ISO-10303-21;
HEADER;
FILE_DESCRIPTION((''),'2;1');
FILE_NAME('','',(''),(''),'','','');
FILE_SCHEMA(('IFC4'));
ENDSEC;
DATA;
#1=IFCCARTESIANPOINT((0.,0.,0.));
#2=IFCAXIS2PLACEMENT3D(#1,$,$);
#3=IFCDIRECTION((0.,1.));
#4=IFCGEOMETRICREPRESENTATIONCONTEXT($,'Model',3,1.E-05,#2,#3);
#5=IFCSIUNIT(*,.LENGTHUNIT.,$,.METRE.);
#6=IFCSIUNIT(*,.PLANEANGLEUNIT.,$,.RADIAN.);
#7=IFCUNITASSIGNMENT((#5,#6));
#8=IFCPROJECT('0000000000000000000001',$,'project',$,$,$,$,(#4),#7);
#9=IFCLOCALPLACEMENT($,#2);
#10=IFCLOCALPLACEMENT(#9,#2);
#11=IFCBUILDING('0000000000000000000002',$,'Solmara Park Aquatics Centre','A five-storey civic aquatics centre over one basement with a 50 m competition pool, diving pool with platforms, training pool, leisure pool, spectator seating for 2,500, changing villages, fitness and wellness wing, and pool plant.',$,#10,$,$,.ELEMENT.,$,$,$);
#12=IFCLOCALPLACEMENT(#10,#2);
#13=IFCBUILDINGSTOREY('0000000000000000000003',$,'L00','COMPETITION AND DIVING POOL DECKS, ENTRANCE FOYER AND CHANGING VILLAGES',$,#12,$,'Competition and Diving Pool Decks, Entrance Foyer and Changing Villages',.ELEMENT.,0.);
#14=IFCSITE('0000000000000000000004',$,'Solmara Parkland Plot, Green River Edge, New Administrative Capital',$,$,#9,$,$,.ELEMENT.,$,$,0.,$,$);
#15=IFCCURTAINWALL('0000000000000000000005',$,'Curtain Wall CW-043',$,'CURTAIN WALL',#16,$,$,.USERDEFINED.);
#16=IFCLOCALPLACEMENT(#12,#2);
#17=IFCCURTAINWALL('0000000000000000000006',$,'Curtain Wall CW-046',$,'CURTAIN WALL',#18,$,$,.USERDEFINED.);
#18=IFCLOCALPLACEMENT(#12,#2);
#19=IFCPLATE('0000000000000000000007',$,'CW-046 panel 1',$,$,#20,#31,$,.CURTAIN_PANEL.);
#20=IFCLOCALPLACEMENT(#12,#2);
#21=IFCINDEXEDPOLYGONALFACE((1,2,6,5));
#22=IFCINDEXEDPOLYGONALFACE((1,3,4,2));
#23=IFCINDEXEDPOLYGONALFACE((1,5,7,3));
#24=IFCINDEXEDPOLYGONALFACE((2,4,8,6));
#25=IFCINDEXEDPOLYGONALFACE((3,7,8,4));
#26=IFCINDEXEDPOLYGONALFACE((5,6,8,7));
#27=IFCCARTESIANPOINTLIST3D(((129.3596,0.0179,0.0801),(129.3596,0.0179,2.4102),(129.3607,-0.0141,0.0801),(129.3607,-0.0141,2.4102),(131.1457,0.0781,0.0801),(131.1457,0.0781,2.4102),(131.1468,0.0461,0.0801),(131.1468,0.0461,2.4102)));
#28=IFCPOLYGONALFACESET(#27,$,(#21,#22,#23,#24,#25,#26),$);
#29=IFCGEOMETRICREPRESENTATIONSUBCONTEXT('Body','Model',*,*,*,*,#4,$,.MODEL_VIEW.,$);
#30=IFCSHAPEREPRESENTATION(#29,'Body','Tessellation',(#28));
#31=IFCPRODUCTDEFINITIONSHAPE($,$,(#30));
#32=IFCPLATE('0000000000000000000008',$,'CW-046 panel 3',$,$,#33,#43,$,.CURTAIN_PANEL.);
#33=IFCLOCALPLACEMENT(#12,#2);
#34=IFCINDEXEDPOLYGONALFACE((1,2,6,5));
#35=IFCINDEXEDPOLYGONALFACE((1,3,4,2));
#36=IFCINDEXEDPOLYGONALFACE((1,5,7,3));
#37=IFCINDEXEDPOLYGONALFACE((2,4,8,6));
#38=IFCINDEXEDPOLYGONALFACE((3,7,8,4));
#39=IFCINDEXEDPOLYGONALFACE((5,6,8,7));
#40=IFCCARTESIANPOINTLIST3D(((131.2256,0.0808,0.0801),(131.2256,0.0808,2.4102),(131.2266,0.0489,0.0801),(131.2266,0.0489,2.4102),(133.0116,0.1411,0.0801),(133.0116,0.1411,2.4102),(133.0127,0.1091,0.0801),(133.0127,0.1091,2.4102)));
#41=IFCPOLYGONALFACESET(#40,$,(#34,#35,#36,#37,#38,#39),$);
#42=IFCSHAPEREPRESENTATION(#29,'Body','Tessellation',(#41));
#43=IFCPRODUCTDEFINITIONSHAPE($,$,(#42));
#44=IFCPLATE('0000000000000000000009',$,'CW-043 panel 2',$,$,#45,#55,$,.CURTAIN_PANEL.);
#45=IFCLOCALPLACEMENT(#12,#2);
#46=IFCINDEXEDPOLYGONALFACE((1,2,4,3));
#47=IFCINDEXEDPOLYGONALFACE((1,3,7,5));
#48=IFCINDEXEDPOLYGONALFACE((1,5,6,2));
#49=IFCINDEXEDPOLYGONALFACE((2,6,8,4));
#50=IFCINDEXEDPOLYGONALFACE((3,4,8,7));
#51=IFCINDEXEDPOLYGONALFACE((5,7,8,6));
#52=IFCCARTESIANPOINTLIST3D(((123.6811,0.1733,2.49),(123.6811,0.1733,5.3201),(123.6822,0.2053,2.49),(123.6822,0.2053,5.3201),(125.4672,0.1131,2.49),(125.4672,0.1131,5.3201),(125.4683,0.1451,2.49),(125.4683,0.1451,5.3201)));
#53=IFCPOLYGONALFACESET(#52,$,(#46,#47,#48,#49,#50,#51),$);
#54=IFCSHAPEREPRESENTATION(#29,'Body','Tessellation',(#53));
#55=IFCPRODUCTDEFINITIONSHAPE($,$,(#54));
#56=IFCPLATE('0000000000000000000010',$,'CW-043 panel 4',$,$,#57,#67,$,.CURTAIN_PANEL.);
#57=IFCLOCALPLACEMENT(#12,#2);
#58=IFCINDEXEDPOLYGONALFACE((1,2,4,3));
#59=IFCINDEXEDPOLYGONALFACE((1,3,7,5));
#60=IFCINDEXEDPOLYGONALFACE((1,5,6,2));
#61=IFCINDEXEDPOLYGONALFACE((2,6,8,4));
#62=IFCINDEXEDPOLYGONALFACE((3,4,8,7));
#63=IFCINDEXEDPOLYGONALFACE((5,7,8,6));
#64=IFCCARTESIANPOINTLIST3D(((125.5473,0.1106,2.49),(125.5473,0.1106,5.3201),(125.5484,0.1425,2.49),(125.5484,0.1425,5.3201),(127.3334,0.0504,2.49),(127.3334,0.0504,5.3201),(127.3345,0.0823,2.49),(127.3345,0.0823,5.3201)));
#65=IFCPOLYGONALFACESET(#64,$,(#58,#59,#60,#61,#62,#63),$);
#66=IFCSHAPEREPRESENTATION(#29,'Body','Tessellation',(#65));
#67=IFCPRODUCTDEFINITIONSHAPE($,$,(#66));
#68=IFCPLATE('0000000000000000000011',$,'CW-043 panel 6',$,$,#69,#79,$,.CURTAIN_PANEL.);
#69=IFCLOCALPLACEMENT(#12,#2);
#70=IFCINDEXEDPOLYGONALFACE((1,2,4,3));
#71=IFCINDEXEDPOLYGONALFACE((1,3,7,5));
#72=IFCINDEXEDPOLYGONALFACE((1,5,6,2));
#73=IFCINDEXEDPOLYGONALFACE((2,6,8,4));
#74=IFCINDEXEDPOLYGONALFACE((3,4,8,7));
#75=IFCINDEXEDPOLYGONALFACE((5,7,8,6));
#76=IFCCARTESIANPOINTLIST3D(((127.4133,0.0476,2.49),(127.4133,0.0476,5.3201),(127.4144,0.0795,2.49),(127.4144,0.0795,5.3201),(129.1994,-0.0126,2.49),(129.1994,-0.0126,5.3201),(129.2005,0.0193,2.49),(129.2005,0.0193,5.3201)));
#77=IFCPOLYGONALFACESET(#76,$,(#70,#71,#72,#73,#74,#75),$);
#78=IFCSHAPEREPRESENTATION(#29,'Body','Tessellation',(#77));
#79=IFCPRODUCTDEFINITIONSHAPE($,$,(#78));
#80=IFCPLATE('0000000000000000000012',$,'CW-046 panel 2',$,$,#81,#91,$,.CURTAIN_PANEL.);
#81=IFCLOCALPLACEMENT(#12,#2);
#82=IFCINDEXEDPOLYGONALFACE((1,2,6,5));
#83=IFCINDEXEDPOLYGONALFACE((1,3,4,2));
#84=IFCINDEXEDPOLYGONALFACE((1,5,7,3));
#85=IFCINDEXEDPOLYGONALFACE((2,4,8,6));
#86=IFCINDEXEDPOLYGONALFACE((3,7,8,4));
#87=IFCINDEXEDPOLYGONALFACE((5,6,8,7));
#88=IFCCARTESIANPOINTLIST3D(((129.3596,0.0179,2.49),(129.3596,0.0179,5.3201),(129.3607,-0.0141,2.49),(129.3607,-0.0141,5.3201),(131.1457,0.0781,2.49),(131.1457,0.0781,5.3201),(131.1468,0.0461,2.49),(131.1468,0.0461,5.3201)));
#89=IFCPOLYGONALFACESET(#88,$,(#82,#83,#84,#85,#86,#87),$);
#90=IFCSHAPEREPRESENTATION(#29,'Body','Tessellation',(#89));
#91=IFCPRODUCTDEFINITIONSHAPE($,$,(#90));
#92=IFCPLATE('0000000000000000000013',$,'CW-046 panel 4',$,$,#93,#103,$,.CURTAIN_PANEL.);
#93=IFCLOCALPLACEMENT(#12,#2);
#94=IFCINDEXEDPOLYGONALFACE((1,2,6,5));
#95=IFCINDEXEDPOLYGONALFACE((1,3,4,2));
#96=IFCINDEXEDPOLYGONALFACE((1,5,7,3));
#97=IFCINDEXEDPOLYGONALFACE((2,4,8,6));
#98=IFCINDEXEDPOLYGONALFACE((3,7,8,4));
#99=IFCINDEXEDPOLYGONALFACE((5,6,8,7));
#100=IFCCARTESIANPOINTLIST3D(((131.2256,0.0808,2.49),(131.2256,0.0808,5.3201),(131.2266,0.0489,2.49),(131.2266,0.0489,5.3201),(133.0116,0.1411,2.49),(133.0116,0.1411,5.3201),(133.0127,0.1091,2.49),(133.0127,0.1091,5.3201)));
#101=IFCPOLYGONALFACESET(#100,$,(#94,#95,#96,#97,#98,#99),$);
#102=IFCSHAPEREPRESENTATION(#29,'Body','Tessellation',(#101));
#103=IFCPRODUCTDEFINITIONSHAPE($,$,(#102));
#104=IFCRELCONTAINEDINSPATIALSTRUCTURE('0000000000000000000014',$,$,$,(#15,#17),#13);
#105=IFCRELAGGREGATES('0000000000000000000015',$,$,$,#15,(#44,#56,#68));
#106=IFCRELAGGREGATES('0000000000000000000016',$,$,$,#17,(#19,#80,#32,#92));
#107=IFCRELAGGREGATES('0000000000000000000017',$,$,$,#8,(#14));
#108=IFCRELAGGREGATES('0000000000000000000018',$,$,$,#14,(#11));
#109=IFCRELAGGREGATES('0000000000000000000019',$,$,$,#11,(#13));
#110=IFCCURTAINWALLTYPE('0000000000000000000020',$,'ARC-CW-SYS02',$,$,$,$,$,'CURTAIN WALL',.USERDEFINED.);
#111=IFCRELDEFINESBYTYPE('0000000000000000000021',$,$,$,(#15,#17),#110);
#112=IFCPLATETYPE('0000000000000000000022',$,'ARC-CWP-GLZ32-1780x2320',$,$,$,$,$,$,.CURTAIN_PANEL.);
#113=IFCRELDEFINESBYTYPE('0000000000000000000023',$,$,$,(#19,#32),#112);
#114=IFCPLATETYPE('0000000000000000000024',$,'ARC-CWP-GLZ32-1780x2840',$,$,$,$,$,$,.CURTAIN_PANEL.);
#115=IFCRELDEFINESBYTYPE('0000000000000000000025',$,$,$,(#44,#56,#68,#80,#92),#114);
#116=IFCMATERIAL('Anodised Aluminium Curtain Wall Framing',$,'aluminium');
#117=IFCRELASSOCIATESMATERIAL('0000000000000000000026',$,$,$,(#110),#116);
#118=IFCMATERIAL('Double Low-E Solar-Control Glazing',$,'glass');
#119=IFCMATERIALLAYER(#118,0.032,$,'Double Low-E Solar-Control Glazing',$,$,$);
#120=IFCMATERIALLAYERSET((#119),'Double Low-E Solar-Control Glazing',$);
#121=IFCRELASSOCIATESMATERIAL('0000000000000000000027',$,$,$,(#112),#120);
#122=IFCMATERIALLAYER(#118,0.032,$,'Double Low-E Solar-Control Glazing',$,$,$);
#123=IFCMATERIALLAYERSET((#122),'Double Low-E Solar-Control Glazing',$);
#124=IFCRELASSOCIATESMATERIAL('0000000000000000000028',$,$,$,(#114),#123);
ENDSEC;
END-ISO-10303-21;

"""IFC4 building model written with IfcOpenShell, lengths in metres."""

from ifc_helpers import new_model, si_unit, direction, frame, origin, origin_2d, place, context, subcontext, project, spatial, rectangle, extrude, material, layer, layer_set, type_object, element, aggregate, save


model = new_model("IFC4")

# Units and contexts
model_context = context("Model", 3, precision=1e-05, world=origin(), true_north=direction((0.0, 1.0)))
body_context = subcontext(model_context, "Body", "Model", "MODEL_VIEW")
ifc_project = project(units=[si_unit("LENGTHUNIT", "METRE"), si_unit("PLANEANGLEUNIT", "RADIAN")], contexts=[model_context])

# Site, building, storey
site_placement = place(None, origin())
site = spatial("IfcSite", under=ifc_project, at=site_placement, Name="Solmara Parkland Plot, Green River Edge, New Administrative Capital", CompositionType="ELEMENT", RefElevation=0.0)
building_placement = place(site_placement, origin())
building = spatial("IfcBuilding", under=site, at=building_placement, Name="Solmara Park Aquatics Centre", Description="A five-storey civic aquatics centre over one basement with a 50 m competition pool, diving pool with platforms, training pool, leisure pool, spectator seating for 2,500, changing villages, fitness and wellness wing, and pool plant.", CompositionType="ELEMENT")
storey_placement = place(building_placement, origin())
storey = spatial("IfcBuildingStorey", under=building, at=storey_placement, Name="L00", Description="COMPETITION AND DIVING POOL DECKS, ENTRANCE FOYER AND CHANGING VILLAGES", LongName="Competition and Diving Pool Decks, Entrance Foyer and Changing Villages", CompositionType="ELEMENT", Elevation=0.0)

# Shared definitions
ifc_material_1 = material(Name="Anodised Aluminium Curtain Wall Framing", Category="aluminium")
curtain_wall_type = type_object("IfcCurtainWallType", Name="ARC-CW-SYS02", ElementType="CURTAIN WALL", PredefinedType="USERDEFINED", material=ifc_material_1)

# Curtain walls
curtain_wall_1_placement = place(storey_placement, origin())
curtain_wall_1 = element("IfcCurtainWall", 1, at=curtain_wall_1_placement, inside=storey, type_object=curtain_wall_type, Name="Curtain Wall CW-043", ObjectType="CURTAIN WALL", PredefinedType="USERDEFINED")
curtain_wall_2_placement = place(storey_placement, origin())
curtain_wall_2 = element("IfcCurtainWall", 2, at=curtain_wall_2_placement, inside=storey, type_object=curtain_wall_type, Name="Curtain Wall CW-046", ObjectType="CURTAIN WALL", PredefinedType="USERDEFINED")

# Plates
ifc_material_2 = material(Name="Double Low-E Solar-Control Glazing", Category="glass")
ifc_layer_1 = layer(ifc_material_2, 0.032, Name="Double Low-E Solar-Control Glazing")
ifc_layer_set_1 = layer_set([ifc_layer_1], Name="Double Low-E Solar-Control Glazing")
plate_type_1 = type_object("IfcPlateType", Name="ARC-CWP-GLZ32-1780x2320", PredefinedType="CURTAIN_PANEL", material=ifc_layer_set_1)
plate_1_placement = place(storey_placement, frame((130.2532, 0.032, 0.0801), z_axis=(0.0, 0.0, 1.0), x_axis=(0.999432, 0.033689, 0.0)))
plate_1 = element("IfcPlate", 3, at=plate_1_placement, type_object=plate_type_1, Name="CW-046 panel 1", PredefinedType="CURTAIN_PANEL", context=body_context, shape_type="SweptSolid", body=[
    extrude(rectangle(XDim=1.7871, YDim=0.032, at=origin_2d()), origin(), (0.0, 0.0, 1.0), 2.3301),
])
plate_2_placement = place(storey_placement, frame((132.1191, 0.095, 0.0801), z_axis=(0.0, 0.0, 1.0), x_axis=(0.999432, 0.033689, 0.0)))
plate_2 = element("IfcPlate", 4, at=plate_2_placement, type_object=plate_type_1, Name="CW-046 panel 3", PredefinedType="CURTAIN_PANEL", context=body_context, shape_type="SweptSolid", body=[
    extrude(rectangle(XDim=1.7871, YDim=0.032, at=origin_2d()), origin(), (0.0, 0.0, 1.0), 2.3301),
])
ifc_layer_2 = layer(ifc_material_2, 0.032, Name="Double Low-E Solar-Control Glazing")
ifc_layer_set_2 = layer_set([ifc_layer_2], Name="Double Low-E Solar-Control Glazing")
plate_type_2 = type_object("IfcPlateType", Name="ARC-CWP-GLZ32-1780x2840", PredefinedType="CURTAIN_PANEL", material=ifc_layer_set_2)
plate_3_placement = place(storey_placement, frame((124.5747, 0.1592, 2.49), z_axis=(0.0, 0.0, 1.0), x_axis=(0.999432, -0.033689, 0.0)))
plate_3 = element("IfcPlate", 5, at=plate_3_placement, type_object=plate_type_2, Name="CW-043 panel 2", PredefinedType="CURTAIN_PANEL", context=body_context, shape_type="SweptSolid", body=[
    extrude(rectangle(XDim=1.7871, YDim=0.032, at=origin_2d()), origin(), (0.0, 0.0, 1.0), 2.8301),
])
plate_4_placement = place(storey_placement, frame((126.4409, 0.0964, 2.49), z_axis=(0.0, 0.0, 1.0), x_axis=(0.999432, -0.033689, 0.0)))
plate_4 = element("IfcPlate", 6, at=plate_4_placement, type_object=plate_type_2, Name="CW-043 panel 4", PredefinedType="CURTAIN_PANEL", context=body_context, shape_type="SweptSolid", body=[
    extrude(rectangle(XDim=1.7871, YDim=0.032, at=origin_2d()), origin(), (0.0, 0.0, 1.0), 2.8301),
])
plate_5_placement = place(storey_placement, frame((128.3069, 0.0334, 2.49), z_axis=(0.0, 0.0, 1.0), x_axis=(0.999432, -0.033689, 0.0)))
plate_5 = element("IfcPlate", 7, at=plate_5_placement, type_object=plate_type_2, Name="CW-043 panel 6", PredefinedType="CURTAIN_PANEL", context=body_context, shape_type="SweptSolid", body=[
    extrude(rectangle(XDim=1.7871, YDim=0.032, at=origin_2d()), origin(), (0.0, 0.0, 1.0), 2.8301),
])
aggregate(curtain_wall_1, [plate_3, plate_4, plate_5])
plate_6_placement = place(storey_placement, frame((130.2532, 0.032, 2.49), z_axis=(0.0, 0.0, 1.0), x_axis=(0.999432, 0.033689, 0.0)))
plate_6 = element("IfcPlate", 8, at=plate_6_placement, type_object=plate_type_2, Name="CW-046 panel 2", PredefinedType="CURTAIN_PANEL", context=body_context, shape_type="SweptSolid", body=[
    extrude(rectangle(XDim=1.7871, YDim=0.032, at=origin_2d()), origin(), (0.0, 0.0, 1.0), 2.8301),
])
plate_7_placement = place(storey_placement, frame((132.1191, 0.095, 2.49), z_axis=(0.0, 0.0, 1.0), x_axis=(0.999432, 0.033689, 0.0)))
plate_7 = element("IfcPlate", 9, at=plate_7_placement, type_object=plate_type_2, Name="CW-046 panel 4", PredefinedType="CURTAIN_PANEL", context=body_context, shape_type="SweptSolid", body=[
    extrude(rectangle(XDim=1.7871, YDim=0.032, at=origin_2d()), origin(), (0.0, 0.0, 1.0), 2.8301),
])
aggregate(curtain_wall_2, [plate_1, plate_6, plate_2, plate_7])

save(model, "model.ifc")
